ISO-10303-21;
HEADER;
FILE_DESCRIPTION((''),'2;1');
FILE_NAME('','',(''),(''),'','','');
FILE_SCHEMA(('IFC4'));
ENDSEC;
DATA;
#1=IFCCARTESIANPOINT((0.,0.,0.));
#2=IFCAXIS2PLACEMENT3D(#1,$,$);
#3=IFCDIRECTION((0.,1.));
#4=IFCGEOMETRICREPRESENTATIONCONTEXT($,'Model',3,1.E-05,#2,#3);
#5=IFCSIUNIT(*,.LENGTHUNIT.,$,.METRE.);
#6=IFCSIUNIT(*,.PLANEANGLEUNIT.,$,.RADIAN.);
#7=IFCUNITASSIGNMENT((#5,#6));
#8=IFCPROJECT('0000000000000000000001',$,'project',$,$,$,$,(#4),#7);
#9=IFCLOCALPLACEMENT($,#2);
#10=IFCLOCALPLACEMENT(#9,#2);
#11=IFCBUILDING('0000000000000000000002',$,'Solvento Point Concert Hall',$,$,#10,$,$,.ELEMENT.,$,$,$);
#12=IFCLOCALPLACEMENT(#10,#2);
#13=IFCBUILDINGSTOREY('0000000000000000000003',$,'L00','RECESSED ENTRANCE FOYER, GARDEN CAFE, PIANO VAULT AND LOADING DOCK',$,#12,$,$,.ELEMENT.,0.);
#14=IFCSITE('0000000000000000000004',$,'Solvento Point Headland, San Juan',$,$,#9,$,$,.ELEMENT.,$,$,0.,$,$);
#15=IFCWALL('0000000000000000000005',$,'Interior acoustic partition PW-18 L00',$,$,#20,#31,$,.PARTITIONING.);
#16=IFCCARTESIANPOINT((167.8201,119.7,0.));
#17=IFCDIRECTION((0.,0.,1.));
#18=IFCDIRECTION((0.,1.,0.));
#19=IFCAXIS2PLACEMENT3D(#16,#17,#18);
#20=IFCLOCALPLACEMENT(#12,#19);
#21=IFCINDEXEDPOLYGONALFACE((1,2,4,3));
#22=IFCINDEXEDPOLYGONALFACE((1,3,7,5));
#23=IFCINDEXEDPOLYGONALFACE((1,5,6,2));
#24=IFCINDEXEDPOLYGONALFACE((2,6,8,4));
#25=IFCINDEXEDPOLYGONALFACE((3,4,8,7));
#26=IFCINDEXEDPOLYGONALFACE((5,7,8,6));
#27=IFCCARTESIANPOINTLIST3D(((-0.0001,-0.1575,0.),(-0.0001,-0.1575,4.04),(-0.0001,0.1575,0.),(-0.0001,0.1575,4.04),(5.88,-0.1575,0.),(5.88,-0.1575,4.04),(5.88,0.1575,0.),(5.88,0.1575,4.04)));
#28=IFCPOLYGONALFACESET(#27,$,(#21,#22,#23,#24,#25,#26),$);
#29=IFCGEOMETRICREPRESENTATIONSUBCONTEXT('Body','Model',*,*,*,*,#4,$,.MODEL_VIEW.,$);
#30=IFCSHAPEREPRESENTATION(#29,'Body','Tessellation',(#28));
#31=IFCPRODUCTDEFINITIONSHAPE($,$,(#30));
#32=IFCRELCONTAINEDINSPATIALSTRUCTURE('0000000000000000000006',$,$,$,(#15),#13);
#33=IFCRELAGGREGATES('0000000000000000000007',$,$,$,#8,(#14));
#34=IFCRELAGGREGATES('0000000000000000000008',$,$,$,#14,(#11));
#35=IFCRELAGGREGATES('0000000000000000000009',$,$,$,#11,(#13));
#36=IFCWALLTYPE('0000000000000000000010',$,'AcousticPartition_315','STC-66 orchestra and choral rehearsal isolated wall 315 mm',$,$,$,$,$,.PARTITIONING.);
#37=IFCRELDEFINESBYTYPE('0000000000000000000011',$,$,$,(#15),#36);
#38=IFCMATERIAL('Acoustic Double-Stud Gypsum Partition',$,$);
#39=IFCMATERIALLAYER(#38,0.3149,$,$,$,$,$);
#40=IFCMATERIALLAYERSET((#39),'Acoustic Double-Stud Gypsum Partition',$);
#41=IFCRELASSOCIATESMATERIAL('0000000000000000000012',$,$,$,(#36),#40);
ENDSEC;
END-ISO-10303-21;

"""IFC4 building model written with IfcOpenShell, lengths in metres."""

from ifc_helpers import new_model, si_unit, direction, frame, frame_2d, origin, place, context, subcontext, project, spatial, rectangle, extrude, material, layer, layer_set, type_object, element, save


model = new_model("IFC4")

# Units and contexts
model_context = context("Model", 3, precision=1e-05, world=origin(), true_north=direction((0.0, 1.0)))
body_context = subcontext(model_context, "Body", "Model", "MODEL_VIEW")
ifc_project = project(units=[si_unit("LENGTHUNIT", "METRE"), si_unit("PLANEANGLEUNIT", "RADIAN")], contexts=[model_context])

# Site, building, storey
site_placement = place(None, origin())
site = spatial("IfcSite", under=ifc_project, at=site_placement, Name="Solvento Point Headland, San Juan", CompositionType="ELEMENT", RefElevation=0.0)
building_placement = place(site_placement, origin())
building = spatial("IfcBuilding", under=site, at=building_placement, Name="Solvento Point Concert Hall", CompositionType="ELEMENT")
storey_placement = place(building_placement, origin())
storey = spatial("IfcBuildingStorey", under=building, at=storey_placement, Name="L00", Description="RECESSED ENTRANCE FOYER, GARDEN CAFE, PIANO VAULT AND LOADING DOCK", CompositionType="ELEMENT", Elevation=0.0)

# Wall
ifc_material_1 = material(Name="Acoustic Double-Stud Gypsum Partition")
ifc_layer_1 = layer(ifc_material_1, 0.3149)
ifc_layer_set_1 = layer_set([ifc_layer_1], Name="Acoustic Double-Stud Gypsum Partition")
wall_type_1 = type_object("IfcWallType", Name="AcousticPartition_315", Description="STC-66 orchestra and choral rehearsal isolated wall 315 mm", PredefinedType="PARTITIONING", material=ifc_layer_set_1)
wall_1_placement = place(storey_placement, frame((167.8201, 119.7, 0.0), z_axis=(0.0, 0.0, 1.0), x_axis=(0.0, 1.0, 0.0)))
element("IfcWall", 1, at=wall_1_placement, inside=storey, type_object=wall_type_1, Name="Interior acoustic partition PW-18 L00", PredefinedType="PARTITIONING", context=body_context, shape_type="SweptSolid", body=[
    extrude(rectangle(XDim=5.8801, YDim=0.3149, at=frame_2d((2.9399, 0.0))), origin(), (0.0, 0.0, 1.0), 4.04),
])

save(model, "model.ifc")
